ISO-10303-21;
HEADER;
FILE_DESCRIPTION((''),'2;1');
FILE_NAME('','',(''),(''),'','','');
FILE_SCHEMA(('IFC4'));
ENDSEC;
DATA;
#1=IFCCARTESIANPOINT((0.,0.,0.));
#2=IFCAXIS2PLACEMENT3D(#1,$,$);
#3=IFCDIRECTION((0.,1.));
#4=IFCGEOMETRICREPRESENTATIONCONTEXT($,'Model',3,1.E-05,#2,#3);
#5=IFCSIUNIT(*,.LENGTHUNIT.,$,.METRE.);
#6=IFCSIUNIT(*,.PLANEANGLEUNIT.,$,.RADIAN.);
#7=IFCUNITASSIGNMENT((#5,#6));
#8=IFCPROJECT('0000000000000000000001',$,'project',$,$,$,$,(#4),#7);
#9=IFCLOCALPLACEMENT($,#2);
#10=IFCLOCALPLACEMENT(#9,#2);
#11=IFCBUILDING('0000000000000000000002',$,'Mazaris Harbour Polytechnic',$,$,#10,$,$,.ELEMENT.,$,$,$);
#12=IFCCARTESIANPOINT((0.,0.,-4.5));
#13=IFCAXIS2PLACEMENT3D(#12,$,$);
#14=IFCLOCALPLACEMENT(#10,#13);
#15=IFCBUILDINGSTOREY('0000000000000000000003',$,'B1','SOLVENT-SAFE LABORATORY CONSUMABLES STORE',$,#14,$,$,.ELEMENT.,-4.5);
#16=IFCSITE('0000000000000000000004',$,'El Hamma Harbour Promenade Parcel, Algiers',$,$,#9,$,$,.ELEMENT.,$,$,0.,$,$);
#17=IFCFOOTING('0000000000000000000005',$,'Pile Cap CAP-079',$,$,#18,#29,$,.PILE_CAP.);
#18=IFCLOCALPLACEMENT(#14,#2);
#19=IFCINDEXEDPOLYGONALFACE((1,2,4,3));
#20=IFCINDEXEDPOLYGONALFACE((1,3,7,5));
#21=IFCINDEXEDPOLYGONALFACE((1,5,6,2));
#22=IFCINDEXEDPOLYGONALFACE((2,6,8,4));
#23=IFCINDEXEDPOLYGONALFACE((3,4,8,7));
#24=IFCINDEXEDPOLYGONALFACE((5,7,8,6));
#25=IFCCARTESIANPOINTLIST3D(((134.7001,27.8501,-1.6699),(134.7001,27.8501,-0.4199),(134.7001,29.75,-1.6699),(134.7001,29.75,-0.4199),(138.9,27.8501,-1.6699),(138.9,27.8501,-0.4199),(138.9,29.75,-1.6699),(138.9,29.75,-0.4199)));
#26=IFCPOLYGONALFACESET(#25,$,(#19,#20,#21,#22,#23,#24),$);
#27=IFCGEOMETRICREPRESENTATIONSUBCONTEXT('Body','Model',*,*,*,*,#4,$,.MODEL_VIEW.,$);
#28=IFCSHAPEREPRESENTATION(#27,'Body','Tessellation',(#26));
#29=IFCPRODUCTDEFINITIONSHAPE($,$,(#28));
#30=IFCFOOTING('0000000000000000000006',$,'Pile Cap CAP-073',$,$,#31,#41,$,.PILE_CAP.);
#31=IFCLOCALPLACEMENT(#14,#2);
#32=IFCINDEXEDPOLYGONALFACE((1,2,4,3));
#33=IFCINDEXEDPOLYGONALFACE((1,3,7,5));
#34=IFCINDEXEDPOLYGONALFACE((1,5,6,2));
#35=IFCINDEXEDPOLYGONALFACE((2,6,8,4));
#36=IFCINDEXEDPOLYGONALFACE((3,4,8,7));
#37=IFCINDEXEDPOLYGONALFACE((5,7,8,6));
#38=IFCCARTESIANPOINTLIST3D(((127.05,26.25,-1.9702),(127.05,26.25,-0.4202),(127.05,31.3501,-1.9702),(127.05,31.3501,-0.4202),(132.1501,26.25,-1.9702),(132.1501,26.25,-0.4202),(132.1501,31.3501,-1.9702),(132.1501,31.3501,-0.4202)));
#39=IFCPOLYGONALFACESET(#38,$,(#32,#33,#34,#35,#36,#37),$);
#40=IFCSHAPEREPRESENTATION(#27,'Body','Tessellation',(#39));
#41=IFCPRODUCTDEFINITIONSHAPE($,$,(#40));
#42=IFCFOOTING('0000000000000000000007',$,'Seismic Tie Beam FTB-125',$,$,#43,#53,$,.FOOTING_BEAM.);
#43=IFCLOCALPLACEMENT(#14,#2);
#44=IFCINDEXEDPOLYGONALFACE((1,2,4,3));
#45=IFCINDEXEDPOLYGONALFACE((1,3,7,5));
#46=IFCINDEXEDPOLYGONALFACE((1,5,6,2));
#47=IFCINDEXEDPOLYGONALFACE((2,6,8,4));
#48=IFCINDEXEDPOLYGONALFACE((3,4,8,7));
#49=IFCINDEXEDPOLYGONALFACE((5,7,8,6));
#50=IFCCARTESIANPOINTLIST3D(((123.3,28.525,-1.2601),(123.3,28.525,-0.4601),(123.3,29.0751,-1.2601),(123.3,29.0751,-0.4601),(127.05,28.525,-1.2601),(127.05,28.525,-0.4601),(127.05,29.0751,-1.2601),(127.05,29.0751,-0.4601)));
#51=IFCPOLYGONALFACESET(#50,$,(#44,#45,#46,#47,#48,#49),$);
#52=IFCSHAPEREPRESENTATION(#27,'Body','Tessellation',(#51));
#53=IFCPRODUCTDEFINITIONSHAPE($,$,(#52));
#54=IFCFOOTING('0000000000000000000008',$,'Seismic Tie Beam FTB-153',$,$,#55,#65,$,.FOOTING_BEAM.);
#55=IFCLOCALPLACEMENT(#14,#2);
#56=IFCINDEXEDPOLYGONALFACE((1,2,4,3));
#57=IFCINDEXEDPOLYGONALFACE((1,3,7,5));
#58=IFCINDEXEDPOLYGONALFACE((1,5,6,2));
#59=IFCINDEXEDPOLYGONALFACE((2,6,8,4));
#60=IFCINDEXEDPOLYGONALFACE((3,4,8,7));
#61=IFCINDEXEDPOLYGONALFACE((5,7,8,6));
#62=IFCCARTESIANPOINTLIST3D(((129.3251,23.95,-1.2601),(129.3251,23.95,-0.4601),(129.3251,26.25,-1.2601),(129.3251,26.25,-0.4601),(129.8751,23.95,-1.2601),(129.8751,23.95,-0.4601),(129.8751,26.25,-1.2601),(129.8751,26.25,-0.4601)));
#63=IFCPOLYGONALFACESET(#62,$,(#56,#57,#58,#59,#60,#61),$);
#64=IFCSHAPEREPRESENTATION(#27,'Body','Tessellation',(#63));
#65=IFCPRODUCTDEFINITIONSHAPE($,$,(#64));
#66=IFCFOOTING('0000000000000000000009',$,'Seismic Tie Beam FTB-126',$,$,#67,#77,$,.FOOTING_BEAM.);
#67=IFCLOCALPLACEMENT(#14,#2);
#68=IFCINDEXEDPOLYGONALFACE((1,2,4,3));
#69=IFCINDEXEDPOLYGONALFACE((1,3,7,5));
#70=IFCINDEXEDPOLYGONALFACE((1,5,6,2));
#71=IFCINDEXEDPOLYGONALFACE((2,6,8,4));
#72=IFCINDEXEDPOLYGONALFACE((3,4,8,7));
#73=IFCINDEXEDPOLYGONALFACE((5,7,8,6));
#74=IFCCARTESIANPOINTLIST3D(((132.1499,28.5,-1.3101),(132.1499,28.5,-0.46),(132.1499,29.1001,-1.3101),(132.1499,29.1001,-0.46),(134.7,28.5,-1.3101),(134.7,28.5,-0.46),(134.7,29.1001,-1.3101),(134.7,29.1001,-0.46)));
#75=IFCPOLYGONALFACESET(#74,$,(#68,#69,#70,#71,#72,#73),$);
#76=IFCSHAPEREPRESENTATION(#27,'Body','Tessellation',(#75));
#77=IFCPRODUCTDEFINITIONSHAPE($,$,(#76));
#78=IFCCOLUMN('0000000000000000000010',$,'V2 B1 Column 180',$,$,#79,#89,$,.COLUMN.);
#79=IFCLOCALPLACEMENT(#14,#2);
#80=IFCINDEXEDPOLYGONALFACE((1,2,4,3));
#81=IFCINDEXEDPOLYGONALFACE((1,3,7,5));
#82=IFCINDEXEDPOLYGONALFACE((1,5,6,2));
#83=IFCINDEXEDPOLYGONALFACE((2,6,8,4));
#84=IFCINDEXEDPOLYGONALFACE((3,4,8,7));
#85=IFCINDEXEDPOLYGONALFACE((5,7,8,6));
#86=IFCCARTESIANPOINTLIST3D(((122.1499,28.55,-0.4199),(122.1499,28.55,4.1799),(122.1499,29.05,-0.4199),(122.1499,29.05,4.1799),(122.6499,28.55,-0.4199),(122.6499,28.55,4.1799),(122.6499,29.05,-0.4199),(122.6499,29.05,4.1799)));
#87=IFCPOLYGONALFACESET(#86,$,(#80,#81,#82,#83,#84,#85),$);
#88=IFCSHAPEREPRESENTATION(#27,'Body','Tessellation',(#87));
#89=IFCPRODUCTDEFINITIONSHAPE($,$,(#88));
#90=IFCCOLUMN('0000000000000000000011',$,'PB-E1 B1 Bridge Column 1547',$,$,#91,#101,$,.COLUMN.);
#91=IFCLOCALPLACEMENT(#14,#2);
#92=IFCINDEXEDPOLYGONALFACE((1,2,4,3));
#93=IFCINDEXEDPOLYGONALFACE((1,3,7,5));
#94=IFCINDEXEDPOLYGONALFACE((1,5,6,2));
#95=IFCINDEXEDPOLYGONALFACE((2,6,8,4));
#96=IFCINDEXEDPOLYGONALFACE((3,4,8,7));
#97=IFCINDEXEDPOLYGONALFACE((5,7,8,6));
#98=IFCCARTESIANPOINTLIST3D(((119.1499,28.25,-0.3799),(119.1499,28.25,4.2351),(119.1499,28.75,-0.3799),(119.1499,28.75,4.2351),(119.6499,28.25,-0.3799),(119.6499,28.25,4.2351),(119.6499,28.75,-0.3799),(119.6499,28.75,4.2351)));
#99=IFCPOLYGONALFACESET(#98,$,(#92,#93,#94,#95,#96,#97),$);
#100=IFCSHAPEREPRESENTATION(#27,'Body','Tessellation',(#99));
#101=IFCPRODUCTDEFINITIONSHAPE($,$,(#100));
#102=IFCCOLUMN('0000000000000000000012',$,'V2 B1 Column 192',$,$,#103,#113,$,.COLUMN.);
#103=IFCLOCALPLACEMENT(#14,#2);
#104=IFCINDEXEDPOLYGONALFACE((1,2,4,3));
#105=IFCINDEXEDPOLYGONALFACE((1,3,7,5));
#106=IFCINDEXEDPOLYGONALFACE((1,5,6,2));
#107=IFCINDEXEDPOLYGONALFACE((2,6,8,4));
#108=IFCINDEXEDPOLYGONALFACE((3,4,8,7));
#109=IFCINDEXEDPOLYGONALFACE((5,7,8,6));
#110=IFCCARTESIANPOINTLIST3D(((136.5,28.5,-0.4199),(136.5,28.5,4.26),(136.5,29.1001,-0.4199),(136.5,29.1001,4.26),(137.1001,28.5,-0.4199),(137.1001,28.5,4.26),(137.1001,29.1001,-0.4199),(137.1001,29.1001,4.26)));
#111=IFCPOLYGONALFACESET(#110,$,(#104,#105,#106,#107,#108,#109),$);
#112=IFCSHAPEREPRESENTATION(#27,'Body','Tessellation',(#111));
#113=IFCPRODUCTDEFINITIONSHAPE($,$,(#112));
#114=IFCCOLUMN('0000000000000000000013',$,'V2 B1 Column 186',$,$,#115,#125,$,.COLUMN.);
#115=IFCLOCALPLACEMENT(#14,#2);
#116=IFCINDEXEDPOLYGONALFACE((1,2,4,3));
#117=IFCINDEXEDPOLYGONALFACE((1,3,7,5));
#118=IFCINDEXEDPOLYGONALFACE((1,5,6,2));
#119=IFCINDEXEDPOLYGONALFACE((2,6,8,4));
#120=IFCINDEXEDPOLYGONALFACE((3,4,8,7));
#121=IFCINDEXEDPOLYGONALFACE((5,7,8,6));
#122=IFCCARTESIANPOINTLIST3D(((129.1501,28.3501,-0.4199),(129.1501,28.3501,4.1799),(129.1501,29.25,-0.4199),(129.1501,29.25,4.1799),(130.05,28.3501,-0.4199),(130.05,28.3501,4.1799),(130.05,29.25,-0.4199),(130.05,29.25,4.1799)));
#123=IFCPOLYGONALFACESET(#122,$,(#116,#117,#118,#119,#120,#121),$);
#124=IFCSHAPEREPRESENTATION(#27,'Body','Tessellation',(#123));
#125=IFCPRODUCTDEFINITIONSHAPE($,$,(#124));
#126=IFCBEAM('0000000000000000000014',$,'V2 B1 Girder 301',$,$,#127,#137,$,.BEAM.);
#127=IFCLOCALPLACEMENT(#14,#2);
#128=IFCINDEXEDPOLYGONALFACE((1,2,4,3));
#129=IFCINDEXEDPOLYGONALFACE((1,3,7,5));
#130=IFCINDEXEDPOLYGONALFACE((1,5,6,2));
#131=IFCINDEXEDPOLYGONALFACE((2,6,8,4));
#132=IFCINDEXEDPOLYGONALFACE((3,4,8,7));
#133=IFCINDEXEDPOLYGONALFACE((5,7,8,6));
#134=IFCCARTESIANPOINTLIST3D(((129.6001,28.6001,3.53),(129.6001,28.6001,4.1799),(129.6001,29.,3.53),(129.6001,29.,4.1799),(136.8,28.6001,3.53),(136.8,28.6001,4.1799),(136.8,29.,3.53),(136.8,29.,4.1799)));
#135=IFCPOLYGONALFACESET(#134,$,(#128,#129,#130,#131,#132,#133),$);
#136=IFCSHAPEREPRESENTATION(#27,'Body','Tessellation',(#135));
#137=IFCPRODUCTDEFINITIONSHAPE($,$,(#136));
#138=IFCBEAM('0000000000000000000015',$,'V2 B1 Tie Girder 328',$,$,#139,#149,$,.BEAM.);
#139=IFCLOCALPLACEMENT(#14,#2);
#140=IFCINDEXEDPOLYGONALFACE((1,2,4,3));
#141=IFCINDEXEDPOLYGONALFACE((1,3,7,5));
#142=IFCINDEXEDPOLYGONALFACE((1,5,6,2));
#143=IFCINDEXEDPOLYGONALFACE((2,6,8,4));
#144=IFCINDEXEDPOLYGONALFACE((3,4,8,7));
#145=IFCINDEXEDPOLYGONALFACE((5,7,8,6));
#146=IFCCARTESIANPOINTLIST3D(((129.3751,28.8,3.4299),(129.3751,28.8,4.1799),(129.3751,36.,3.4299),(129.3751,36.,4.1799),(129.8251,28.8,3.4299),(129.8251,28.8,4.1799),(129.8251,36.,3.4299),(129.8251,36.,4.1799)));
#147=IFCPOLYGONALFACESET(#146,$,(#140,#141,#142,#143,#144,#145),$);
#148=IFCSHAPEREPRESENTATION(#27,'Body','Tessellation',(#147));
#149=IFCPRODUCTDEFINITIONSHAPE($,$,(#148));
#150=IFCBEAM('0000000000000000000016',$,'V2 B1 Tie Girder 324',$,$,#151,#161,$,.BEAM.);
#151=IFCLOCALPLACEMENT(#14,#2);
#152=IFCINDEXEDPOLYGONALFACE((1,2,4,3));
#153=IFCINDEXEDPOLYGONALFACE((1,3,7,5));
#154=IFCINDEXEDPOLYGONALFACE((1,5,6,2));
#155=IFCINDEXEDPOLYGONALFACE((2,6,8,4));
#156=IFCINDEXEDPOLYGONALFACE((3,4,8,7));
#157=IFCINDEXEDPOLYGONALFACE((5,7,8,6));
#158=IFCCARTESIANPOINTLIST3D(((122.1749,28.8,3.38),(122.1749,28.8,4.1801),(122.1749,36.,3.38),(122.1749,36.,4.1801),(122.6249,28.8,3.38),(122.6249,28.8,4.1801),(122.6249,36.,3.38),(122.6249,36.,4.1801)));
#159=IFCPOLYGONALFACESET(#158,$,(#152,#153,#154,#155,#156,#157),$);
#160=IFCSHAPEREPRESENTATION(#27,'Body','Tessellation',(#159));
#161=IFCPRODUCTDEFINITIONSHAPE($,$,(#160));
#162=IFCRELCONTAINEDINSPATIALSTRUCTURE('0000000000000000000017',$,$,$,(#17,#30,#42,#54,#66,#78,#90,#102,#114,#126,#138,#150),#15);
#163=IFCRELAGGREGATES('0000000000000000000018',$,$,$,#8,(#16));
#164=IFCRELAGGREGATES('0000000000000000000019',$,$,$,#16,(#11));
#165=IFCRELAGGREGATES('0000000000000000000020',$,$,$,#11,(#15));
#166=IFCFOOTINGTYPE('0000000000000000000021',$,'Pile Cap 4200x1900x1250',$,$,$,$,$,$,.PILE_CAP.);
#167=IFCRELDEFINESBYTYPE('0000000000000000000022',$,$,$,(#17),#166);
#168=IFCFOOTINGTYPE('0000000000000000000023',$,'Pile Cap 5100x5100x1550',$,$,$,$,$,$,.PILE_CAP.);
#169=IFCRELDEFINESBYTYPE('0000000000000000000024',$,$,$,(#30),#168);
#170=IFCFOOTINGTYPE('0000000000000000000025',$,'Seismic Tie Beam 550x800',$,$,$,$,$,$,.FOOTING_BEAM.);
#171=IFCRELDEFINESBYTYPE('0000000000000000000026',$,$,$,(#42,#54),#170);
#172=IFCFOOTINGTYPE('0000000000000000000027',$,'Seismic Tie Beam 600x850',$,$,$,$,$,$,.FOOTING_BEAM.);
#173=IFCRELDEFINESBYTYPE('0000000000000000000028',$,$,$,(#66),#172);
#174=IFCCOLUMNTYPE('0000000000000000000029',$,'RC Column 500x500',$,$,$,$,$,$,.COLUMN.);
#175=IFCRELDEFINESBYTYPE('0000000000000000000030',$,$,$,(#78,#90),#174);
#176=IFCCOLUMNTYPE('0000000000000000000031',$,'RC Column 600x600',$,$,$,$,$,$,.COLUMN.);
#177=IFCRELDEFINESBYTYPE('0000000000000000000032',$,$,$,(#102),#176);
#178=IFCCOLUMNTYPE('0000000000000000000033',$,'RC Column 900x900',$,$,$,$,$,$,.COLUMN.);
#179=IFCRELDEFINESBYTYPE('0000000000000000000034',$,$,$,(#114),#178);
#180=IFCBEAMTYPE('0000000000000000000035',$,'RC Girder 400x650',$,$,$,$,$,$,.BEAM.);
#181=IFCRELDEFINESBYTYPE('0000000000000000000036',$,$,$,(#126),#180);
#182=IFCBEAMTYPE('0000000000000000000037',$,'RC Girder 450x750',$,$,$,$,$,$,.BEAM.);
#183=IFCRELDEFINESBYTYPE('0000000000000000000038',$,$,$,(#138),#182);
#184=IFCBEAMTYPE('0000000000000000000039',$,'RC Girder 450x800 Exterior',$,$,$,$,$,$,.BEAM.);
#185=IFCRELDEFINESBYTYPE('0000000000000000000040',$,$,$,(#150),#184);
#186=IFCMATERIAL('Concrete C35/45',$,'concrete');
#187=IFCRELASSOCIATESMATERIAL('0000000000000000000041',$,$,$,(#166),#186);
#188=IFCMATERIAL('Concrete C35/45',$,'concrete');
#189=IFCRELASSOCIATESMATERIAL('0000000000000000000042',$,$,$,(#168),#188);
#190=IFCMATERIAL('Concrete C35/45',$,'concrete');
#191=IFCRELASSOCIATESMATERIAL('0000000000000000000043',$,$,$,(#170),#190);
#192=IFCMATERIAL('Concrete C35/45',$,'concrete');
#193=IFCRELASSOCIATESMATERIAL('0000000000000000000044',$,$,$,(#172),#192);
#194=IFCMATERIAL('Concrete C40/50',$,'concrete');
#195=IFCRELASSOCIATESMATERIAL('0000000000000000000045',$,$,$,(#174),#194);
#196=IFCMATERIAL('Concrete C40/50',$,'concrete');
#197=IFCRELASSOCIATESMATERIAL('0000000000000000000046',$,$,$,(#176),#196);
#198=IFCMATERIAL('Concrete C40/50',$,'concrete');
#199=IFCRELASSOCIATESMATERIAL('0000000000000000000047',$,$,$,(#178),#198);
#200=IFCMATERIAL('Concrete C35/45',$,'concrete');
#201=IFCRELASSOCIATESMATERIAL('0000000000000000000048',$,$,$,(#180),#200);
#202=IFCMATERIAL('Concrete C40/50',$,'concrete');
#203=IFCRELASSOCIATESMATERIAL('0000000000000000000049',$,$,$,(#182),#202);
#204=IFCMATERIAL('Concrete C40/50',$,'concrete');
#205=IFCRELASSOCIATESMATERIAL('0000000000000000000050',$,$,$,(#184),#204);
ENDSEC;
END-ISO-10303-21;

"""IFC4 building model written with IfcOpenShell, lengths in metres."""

from ifc_helpers import new_model, si_unit, direction, frame, origin, origin_2d, place, context, subcontext, project, spatial, rectangle, extrude, material, material_profile, profile_set, type_object, element, save


model = new_model("IFC4")

# Units and contexts
model_context = context("Model", 3, precision=1e-05, world=origin(), true_north=direction((0.0, 1.0)))
body_context = subcontext(model_context, "Body", "Model", "MODEL_VIEW")
ifc_project = project(units=[si_unit("LENGTHUNIT", "METRE"), si_unit("PLANEANGLEUNIT", "RADIAN")], contexts=[model_context])

# Site, building, storey
site_placement = place(None, origin())
site = spatial("IfcSite", under=ifc_project, at=site_placement, Name="El Hamma Harbour Promenade Parcel, Algiers", CompositionType="ELEMENT", RefElevation=0.0)
building_placement = place(site_placement, origin())
building = spatial("IfcBuilding", under=site, at=building_placement, Name="Mazaris Harbour Polytechnic", CompositionType="ELEMENT")
storey_placement = place(building_placement, frame((0.0, 0.0, -4.5)))
storey = spatial("IfcBuildingStorey", under=building, at=storey_placement, Name="B1", Description="SOLVENT-SAFE LABORATORY CONSUMABLES STORE", CompositionType="ELEMENT", Elevation=-4.5)

# Footings
ifc_material_1 = material(Name="Concrete C35/45", Category="concrete")
footing_type_1 = type_object("IfcFootingType", Name="Pile Cap 4200x1900x1250", PredefinedType="PILE_CAP", material=ifc_material_1)
footing_1_placement = place(storey_placement, frame((136.8, 28.8, -1.6699), z_axis=(0.0, 0.0, 1.0), x_axis=(1.0, 0.0, 0.0)))
element("IfcFooting", 1, at=footing_1_placement, inside=storey, type_object=footing_type_1, Name="Pile Cap CAP-079", PredefinedType="PILE_CAP", context=body_context, shape_type="SweptSolid", body=[
    extrude(rectangle(XDim=4.2, YDim=1.8999, at=origin_2d()), origin(), (0.0, 0.0, 1.0), 1.25),
])
ifc_material_2 = material(Name="Concrete C35/45", Category="concrete")
footing_type_2 = type_object("IfcFootingType", Name="Pile Cap 5100x5100x1550", PredefinedType="PILE_CAP", material=ifc_material_2)
footing_2_placement = place(storey_placement, frame((129.6001, 28.8, -1.9702), z_axis=(0.0, 0.0, 1.0), x_axis=(1.0, 0.0, 0.0)))
element("IfcFooting", 2, at=footing_2_placement, inside=storey, type_object=footing_type_2, Name="Pile Cap CAP-073", PredefinedType="PILE_CAP", context=body_context, shape_type="SweptSolid", body=[
    extrude(rectangle(XDim=5.1001, YDim=5.1001, at=origin_2d()), origin(), (0.0, 0.0, 1.0), 1.55),
])
ifc_material_3 = material(Name="Concrete C35/45", Category="concrete")
ifc_material_profile_1 = material_profile(ifc_material_3, rectangle(XDim=0.55, YDim=0.8, at=origin_2d()), Name="RECT550x800")
ifc_profile_set_1 = profile_set([ifc_material_profile_1], Name="Concrete C35/45")
footing_type_3 = type_object("IfcFootingType", Name="Seismic Tie Beam 550x800", PredefinedType="FOOTING_BEAM", material=ifc_profile_set_1)
footing_3_placement = place(storey_placement, frame((123.3, 28.8, -0.8601), z_axis=(1.0, 0.0, 0.0), x_axis=(0.0, 1.0, 0.0)))
element("IfcFooting", 3, at=footing_3_placement, inside=storey, type_object=footing_type_3, Name="Seismic Tie Beam FTB-125", PredefinedType="FOOTING_BEAM", context=body_context, shape_type="SweptSolid", body=[
    extrude(rectangle(XDim=0.55, YDim=0.8, at=origin_2d()), origin(), (0.0, 0.0, 1.0), 3.75),
])
footing_4_placement = place(storey_placement, frame((129.6001, 23.95, -0.8601), z_axis=(0.0, 1.0, 0.0), x_axis=(-1.0, 0.0, 0.0)))
element("IfcFooting", 4, at=footing_4_placement, inside=storey, type_object=footing_type_3, Name="Seismic Tie Beam FTB-153", PredefinedType="FOOTING_BEAM", context=body_context, shape_type="SweptSolid", body=[
    extrude(rectangle(XDim=0.55, YDim=0.8, at=origin_2d()), origin(), (0.0, 0.0, 1.0), 2.3),
])
ifc_material_4 = material(Name="Concrete C35/45", Category="concrete")
ifc_material_profile_2 = material_profile(ifc_material_4, rectangle(XDim=0.6001, YDim=0.8501, at=origin_2d()), Name="RECT600x850")
ifc_profile_set_2 = profile_set([ifc_material_profile_2], Name="Concrete C35/45")
footing_type_4 = type_object("IfcFootingType", Name="Seismic Tie Beam 600x850", PredefinedType="FOOTING_BEAM", material=ifc_profile_set_2)
footing_5_placement = place(storey_placement, frame((132.1499, 28.8, -0.885), z_axis=(1.0, 0.0, 0.0), x_axis=(0.0, 1.0, 0.0)))
element("IfcFooting", 5, at=footing_5_placement, inside=storey, type_object=footing_type_4, Name="Seismic Tie Beam FTB-126", PredefinedType="FOOTING_BEAM", context=body_context, shape_type="SweptSolid", body=[
    extrude(rectangle(XDim=0.6001, YDim=0.8501, at=origin_2d()), origin(), (0.0, 0.0, 1.0), 2.55),
])

# Columns
ifc_material_5 = material(Name="Concrete C40/50", Category="concrete")
ifc_material_profile_3 = material_profile(ifc_material_5, rectangle(XDim=0.5, YDim=0.5, at=origin_2d()), Name="RECT500x500")
ifc_profile_set_3 = profile_set([ifc_material_profile_3], Name="Concrete C40/50")
column_type_1 = type_object("IfcColumnType", Name="RC Column 500x500", PredefinedType="COLUMN", material=ifc_profile_set_3)
column_1_placement = place(storey_placement, frame((122.3999, 28.8, -0.4199), z_axis=(0.0, 0.0, 1.0), x_axis=(1.0, 0.0, 0.0)))
element("IfcColumn", 6, at=column_1_placement, inside=storey, type_object=column_type_1, Name="V2 B1 Column 180", PredefinedType="COLUMN", context=body_context, shape_type="SweptSolid", body=[
    extrude(rectangle(XDim=0.5, YDim=0.5, at=origin_2d()), origin(), (0.0, 0.0, 1.0), 4.5999),
])
column_2_placement = place(storey_placement, frame((119.3999, 28.5, -0.3799), z_axis=(0.0, 0.0, 1.0), x_axis=(1.0, 0.0, 0.0)))
element("IfcColumn", 7, at=column_2_placement, inside=storey, type_object=column_type_1, Name="PB-E1 B1 Bridge Column 1547", PredefinedType="COLUMN", context=body_context, shape_type="SweptSolid", body=[
    extrude(rectangle(XDim=0.5, YDim=0.5, at=origin_2d()), origin(), (0.0, 0.0, 1.0), 4.615),
])
ifc_material_6 = material(Name="Concrete C40/50", Category="concrete")
ifc_material_profile_4 = material_profile(ifc_material_6, rectangle(XDim=0.6001, YDim=0.6001, at=origin_2d()), Name="RECT600x600")
ifc_profile_set_4 = profile_set([ifc_material_profile_4], Name="Concrete C40/50")
column_type_2 = type_object("IfcColumnType", Name="RC Column 600x600", PredefinedType="COLUMN", material=ifc_profile_set_4)
column_3_placement = place(storey_placement, frame((136.8, 28.8, -0.4199), z_axis=(0.0, 0.0, 1.0), x_axis=(1.0, 0.0, 0.0)))
element("IfcColumn", 8, at=column_3_placement, inside=storey, type_object=column_type_2, Name="V2 B1 Column 192", PredefinedType="COLUMN", context=body_context, shape_type="SweptSolid", body=[
    extrude(rectangle(XDim=0.6001, YDim=0.6001, at=origin_2d()), origin(), (0.0, 0.0, 1.0), 4.6799),
])
ifc_material_7 = material(Name="Concrete C40/50", Category="concrete")
ifc_material_profile_5 = material_profile(ifc_material_7, rectangle(XDim=0.8999, YDim=0.8999, at=origin_2d()), Name="RECT900x900")
ifc_profile_set_5 = profile_set([ifc_material_profile_5], Name="Concrete C40/50")
column_type_3 = type_object("IfcColumnType", Name="RC Column 900x900", PredefinedType="COLUMN", material=ifc_profile_set_5)
column_4_placement = place(storey_placement, frame((129.6001, 28.8, -0.4199), z_axis=(0.0, 0.0, 1.0), x_axis=(1.0, 0.0, 0.0)))
element("IfcColumn", 9, at=column_4_placement, inside=storey, type_object=column_type_3, Name="V2 B1 Column 186", PredefinedType="COLUMN", context=body_context, shape_type="SweptSolid", body=[
    extrude(rectangle(XDim=0.8999, YDim=0.8999, at=origin_2d()), origin(), (0.0, 0.0, 1.0), 4.5999),
])

# Beams
ifc_material_8 = material(Name="Concrete C35/45", Category="concrete")
ifc_material_profile_6 = material_profile(ifc_material_8, rectangle(XDim=0.3999, YDim=0.6499, at=origin_2d()), Name="RECT400x650")
ifc_profile_set_6 = profile_set([ifc_material_profile_6], Name="Concrete C35/45")
beam_type_1 = type_object("IfcBeamType", Name="RC Girder 400x650", PredefinedType="BEAM", material=ifc_profile_set_6)
beam_1_placement = place(storey_placement, frame((129.6001, 28.8, 3.855), z_axis=(1.0, 0.0, 0.0), x_axis=(0.0, 1.0, 0.0)))
element("IfcBeam", 10, at=beam_1_placement, inside=storey, type_object=beam_type_1, Name="V2 B1 Girder 301", PredefinedType="BEAM", context=body_context, shape_type="SweptSolid", body=[
    extrude(rectangle(XDim=0.3999, YDim=0.6499, at=origin_2d()), origin(), (0.0, 0.0, 1.0), 7.2),
])
ifc_material_9 = material(Name="Concrete C40/50", Category="concrete")
ifc_material_profile_7 = material_profile(ifc_material_9, rectangle(XDim=0.45, YDim=0.75, at=origin_2d()), Name="RECT450x750")
ifc_profile_set_7 = profile_set([ifc_material_profile_7], Name="Concrete C40/50")
beam_type_2 = type_object("IfcBeamType", Name="RC Girder 450x750", PredefinedType="BEAM", material=ifc_profile_set_7)
beam_2_placement = place(storey_placement, frame((129.6001, 28.8, 3.8049), z_axis=(0.0, 1.0, 0.0), x_axis=(-1.0, 0.0, 0.0)))
element("IfcBeam", 11, at=beam_2_placement, inside=storey, type_object=beam_type_2, Name="V2 B1 Tie Girder 328", PredefinedType="BEAM", context=body_context, shape_type="SweptSolid", body=[
    extrude(rectangle(XDim=0.45, YDim=0.75, at=origin_2d()), origin(), (0.0, 0.0, 1.0), 7.2),
])
ifc_material_10 = material(Name="Concrete C40/50", Category="concrete")
ifc_material_profile_8 = material_profile(ifc_material_10, rectangle(XDim=0.45, YDim=0.8, at=origin_2d()), Name="RECT450x800")
ifc_profile_set_8 = profile_set([ifc_material_profile_8], Name="Concrete C40/50")
beam_type_3 = type_object("IfcBeamType", Name="RC Girder 450x800 Exterior", PredefinedType="BEAM", material=ifc_profile_set_8)
beam_3_placement = place(storey_placement, frame((122.3999, 28.8, 3.78), z_axis=(0.0, 1.0, 0.0), x_axis=(-1.0, 0.0, 0.0)))
element("IfcBeam", 12, at=beam_3_placement, inside=storey, type_object=beam_type_3, Name="V2 B1 Tie Girder 324", PredefinedType="BEAM", context=body_context, shape_type="SweptSolid", body=[
    extrude(rectangle(XDim=0.45, YDim=0.8, at=origin_2d()), origin(), (0.0, 0.0, 1.0), 7.2),
])

save(model, "model.ifc")
